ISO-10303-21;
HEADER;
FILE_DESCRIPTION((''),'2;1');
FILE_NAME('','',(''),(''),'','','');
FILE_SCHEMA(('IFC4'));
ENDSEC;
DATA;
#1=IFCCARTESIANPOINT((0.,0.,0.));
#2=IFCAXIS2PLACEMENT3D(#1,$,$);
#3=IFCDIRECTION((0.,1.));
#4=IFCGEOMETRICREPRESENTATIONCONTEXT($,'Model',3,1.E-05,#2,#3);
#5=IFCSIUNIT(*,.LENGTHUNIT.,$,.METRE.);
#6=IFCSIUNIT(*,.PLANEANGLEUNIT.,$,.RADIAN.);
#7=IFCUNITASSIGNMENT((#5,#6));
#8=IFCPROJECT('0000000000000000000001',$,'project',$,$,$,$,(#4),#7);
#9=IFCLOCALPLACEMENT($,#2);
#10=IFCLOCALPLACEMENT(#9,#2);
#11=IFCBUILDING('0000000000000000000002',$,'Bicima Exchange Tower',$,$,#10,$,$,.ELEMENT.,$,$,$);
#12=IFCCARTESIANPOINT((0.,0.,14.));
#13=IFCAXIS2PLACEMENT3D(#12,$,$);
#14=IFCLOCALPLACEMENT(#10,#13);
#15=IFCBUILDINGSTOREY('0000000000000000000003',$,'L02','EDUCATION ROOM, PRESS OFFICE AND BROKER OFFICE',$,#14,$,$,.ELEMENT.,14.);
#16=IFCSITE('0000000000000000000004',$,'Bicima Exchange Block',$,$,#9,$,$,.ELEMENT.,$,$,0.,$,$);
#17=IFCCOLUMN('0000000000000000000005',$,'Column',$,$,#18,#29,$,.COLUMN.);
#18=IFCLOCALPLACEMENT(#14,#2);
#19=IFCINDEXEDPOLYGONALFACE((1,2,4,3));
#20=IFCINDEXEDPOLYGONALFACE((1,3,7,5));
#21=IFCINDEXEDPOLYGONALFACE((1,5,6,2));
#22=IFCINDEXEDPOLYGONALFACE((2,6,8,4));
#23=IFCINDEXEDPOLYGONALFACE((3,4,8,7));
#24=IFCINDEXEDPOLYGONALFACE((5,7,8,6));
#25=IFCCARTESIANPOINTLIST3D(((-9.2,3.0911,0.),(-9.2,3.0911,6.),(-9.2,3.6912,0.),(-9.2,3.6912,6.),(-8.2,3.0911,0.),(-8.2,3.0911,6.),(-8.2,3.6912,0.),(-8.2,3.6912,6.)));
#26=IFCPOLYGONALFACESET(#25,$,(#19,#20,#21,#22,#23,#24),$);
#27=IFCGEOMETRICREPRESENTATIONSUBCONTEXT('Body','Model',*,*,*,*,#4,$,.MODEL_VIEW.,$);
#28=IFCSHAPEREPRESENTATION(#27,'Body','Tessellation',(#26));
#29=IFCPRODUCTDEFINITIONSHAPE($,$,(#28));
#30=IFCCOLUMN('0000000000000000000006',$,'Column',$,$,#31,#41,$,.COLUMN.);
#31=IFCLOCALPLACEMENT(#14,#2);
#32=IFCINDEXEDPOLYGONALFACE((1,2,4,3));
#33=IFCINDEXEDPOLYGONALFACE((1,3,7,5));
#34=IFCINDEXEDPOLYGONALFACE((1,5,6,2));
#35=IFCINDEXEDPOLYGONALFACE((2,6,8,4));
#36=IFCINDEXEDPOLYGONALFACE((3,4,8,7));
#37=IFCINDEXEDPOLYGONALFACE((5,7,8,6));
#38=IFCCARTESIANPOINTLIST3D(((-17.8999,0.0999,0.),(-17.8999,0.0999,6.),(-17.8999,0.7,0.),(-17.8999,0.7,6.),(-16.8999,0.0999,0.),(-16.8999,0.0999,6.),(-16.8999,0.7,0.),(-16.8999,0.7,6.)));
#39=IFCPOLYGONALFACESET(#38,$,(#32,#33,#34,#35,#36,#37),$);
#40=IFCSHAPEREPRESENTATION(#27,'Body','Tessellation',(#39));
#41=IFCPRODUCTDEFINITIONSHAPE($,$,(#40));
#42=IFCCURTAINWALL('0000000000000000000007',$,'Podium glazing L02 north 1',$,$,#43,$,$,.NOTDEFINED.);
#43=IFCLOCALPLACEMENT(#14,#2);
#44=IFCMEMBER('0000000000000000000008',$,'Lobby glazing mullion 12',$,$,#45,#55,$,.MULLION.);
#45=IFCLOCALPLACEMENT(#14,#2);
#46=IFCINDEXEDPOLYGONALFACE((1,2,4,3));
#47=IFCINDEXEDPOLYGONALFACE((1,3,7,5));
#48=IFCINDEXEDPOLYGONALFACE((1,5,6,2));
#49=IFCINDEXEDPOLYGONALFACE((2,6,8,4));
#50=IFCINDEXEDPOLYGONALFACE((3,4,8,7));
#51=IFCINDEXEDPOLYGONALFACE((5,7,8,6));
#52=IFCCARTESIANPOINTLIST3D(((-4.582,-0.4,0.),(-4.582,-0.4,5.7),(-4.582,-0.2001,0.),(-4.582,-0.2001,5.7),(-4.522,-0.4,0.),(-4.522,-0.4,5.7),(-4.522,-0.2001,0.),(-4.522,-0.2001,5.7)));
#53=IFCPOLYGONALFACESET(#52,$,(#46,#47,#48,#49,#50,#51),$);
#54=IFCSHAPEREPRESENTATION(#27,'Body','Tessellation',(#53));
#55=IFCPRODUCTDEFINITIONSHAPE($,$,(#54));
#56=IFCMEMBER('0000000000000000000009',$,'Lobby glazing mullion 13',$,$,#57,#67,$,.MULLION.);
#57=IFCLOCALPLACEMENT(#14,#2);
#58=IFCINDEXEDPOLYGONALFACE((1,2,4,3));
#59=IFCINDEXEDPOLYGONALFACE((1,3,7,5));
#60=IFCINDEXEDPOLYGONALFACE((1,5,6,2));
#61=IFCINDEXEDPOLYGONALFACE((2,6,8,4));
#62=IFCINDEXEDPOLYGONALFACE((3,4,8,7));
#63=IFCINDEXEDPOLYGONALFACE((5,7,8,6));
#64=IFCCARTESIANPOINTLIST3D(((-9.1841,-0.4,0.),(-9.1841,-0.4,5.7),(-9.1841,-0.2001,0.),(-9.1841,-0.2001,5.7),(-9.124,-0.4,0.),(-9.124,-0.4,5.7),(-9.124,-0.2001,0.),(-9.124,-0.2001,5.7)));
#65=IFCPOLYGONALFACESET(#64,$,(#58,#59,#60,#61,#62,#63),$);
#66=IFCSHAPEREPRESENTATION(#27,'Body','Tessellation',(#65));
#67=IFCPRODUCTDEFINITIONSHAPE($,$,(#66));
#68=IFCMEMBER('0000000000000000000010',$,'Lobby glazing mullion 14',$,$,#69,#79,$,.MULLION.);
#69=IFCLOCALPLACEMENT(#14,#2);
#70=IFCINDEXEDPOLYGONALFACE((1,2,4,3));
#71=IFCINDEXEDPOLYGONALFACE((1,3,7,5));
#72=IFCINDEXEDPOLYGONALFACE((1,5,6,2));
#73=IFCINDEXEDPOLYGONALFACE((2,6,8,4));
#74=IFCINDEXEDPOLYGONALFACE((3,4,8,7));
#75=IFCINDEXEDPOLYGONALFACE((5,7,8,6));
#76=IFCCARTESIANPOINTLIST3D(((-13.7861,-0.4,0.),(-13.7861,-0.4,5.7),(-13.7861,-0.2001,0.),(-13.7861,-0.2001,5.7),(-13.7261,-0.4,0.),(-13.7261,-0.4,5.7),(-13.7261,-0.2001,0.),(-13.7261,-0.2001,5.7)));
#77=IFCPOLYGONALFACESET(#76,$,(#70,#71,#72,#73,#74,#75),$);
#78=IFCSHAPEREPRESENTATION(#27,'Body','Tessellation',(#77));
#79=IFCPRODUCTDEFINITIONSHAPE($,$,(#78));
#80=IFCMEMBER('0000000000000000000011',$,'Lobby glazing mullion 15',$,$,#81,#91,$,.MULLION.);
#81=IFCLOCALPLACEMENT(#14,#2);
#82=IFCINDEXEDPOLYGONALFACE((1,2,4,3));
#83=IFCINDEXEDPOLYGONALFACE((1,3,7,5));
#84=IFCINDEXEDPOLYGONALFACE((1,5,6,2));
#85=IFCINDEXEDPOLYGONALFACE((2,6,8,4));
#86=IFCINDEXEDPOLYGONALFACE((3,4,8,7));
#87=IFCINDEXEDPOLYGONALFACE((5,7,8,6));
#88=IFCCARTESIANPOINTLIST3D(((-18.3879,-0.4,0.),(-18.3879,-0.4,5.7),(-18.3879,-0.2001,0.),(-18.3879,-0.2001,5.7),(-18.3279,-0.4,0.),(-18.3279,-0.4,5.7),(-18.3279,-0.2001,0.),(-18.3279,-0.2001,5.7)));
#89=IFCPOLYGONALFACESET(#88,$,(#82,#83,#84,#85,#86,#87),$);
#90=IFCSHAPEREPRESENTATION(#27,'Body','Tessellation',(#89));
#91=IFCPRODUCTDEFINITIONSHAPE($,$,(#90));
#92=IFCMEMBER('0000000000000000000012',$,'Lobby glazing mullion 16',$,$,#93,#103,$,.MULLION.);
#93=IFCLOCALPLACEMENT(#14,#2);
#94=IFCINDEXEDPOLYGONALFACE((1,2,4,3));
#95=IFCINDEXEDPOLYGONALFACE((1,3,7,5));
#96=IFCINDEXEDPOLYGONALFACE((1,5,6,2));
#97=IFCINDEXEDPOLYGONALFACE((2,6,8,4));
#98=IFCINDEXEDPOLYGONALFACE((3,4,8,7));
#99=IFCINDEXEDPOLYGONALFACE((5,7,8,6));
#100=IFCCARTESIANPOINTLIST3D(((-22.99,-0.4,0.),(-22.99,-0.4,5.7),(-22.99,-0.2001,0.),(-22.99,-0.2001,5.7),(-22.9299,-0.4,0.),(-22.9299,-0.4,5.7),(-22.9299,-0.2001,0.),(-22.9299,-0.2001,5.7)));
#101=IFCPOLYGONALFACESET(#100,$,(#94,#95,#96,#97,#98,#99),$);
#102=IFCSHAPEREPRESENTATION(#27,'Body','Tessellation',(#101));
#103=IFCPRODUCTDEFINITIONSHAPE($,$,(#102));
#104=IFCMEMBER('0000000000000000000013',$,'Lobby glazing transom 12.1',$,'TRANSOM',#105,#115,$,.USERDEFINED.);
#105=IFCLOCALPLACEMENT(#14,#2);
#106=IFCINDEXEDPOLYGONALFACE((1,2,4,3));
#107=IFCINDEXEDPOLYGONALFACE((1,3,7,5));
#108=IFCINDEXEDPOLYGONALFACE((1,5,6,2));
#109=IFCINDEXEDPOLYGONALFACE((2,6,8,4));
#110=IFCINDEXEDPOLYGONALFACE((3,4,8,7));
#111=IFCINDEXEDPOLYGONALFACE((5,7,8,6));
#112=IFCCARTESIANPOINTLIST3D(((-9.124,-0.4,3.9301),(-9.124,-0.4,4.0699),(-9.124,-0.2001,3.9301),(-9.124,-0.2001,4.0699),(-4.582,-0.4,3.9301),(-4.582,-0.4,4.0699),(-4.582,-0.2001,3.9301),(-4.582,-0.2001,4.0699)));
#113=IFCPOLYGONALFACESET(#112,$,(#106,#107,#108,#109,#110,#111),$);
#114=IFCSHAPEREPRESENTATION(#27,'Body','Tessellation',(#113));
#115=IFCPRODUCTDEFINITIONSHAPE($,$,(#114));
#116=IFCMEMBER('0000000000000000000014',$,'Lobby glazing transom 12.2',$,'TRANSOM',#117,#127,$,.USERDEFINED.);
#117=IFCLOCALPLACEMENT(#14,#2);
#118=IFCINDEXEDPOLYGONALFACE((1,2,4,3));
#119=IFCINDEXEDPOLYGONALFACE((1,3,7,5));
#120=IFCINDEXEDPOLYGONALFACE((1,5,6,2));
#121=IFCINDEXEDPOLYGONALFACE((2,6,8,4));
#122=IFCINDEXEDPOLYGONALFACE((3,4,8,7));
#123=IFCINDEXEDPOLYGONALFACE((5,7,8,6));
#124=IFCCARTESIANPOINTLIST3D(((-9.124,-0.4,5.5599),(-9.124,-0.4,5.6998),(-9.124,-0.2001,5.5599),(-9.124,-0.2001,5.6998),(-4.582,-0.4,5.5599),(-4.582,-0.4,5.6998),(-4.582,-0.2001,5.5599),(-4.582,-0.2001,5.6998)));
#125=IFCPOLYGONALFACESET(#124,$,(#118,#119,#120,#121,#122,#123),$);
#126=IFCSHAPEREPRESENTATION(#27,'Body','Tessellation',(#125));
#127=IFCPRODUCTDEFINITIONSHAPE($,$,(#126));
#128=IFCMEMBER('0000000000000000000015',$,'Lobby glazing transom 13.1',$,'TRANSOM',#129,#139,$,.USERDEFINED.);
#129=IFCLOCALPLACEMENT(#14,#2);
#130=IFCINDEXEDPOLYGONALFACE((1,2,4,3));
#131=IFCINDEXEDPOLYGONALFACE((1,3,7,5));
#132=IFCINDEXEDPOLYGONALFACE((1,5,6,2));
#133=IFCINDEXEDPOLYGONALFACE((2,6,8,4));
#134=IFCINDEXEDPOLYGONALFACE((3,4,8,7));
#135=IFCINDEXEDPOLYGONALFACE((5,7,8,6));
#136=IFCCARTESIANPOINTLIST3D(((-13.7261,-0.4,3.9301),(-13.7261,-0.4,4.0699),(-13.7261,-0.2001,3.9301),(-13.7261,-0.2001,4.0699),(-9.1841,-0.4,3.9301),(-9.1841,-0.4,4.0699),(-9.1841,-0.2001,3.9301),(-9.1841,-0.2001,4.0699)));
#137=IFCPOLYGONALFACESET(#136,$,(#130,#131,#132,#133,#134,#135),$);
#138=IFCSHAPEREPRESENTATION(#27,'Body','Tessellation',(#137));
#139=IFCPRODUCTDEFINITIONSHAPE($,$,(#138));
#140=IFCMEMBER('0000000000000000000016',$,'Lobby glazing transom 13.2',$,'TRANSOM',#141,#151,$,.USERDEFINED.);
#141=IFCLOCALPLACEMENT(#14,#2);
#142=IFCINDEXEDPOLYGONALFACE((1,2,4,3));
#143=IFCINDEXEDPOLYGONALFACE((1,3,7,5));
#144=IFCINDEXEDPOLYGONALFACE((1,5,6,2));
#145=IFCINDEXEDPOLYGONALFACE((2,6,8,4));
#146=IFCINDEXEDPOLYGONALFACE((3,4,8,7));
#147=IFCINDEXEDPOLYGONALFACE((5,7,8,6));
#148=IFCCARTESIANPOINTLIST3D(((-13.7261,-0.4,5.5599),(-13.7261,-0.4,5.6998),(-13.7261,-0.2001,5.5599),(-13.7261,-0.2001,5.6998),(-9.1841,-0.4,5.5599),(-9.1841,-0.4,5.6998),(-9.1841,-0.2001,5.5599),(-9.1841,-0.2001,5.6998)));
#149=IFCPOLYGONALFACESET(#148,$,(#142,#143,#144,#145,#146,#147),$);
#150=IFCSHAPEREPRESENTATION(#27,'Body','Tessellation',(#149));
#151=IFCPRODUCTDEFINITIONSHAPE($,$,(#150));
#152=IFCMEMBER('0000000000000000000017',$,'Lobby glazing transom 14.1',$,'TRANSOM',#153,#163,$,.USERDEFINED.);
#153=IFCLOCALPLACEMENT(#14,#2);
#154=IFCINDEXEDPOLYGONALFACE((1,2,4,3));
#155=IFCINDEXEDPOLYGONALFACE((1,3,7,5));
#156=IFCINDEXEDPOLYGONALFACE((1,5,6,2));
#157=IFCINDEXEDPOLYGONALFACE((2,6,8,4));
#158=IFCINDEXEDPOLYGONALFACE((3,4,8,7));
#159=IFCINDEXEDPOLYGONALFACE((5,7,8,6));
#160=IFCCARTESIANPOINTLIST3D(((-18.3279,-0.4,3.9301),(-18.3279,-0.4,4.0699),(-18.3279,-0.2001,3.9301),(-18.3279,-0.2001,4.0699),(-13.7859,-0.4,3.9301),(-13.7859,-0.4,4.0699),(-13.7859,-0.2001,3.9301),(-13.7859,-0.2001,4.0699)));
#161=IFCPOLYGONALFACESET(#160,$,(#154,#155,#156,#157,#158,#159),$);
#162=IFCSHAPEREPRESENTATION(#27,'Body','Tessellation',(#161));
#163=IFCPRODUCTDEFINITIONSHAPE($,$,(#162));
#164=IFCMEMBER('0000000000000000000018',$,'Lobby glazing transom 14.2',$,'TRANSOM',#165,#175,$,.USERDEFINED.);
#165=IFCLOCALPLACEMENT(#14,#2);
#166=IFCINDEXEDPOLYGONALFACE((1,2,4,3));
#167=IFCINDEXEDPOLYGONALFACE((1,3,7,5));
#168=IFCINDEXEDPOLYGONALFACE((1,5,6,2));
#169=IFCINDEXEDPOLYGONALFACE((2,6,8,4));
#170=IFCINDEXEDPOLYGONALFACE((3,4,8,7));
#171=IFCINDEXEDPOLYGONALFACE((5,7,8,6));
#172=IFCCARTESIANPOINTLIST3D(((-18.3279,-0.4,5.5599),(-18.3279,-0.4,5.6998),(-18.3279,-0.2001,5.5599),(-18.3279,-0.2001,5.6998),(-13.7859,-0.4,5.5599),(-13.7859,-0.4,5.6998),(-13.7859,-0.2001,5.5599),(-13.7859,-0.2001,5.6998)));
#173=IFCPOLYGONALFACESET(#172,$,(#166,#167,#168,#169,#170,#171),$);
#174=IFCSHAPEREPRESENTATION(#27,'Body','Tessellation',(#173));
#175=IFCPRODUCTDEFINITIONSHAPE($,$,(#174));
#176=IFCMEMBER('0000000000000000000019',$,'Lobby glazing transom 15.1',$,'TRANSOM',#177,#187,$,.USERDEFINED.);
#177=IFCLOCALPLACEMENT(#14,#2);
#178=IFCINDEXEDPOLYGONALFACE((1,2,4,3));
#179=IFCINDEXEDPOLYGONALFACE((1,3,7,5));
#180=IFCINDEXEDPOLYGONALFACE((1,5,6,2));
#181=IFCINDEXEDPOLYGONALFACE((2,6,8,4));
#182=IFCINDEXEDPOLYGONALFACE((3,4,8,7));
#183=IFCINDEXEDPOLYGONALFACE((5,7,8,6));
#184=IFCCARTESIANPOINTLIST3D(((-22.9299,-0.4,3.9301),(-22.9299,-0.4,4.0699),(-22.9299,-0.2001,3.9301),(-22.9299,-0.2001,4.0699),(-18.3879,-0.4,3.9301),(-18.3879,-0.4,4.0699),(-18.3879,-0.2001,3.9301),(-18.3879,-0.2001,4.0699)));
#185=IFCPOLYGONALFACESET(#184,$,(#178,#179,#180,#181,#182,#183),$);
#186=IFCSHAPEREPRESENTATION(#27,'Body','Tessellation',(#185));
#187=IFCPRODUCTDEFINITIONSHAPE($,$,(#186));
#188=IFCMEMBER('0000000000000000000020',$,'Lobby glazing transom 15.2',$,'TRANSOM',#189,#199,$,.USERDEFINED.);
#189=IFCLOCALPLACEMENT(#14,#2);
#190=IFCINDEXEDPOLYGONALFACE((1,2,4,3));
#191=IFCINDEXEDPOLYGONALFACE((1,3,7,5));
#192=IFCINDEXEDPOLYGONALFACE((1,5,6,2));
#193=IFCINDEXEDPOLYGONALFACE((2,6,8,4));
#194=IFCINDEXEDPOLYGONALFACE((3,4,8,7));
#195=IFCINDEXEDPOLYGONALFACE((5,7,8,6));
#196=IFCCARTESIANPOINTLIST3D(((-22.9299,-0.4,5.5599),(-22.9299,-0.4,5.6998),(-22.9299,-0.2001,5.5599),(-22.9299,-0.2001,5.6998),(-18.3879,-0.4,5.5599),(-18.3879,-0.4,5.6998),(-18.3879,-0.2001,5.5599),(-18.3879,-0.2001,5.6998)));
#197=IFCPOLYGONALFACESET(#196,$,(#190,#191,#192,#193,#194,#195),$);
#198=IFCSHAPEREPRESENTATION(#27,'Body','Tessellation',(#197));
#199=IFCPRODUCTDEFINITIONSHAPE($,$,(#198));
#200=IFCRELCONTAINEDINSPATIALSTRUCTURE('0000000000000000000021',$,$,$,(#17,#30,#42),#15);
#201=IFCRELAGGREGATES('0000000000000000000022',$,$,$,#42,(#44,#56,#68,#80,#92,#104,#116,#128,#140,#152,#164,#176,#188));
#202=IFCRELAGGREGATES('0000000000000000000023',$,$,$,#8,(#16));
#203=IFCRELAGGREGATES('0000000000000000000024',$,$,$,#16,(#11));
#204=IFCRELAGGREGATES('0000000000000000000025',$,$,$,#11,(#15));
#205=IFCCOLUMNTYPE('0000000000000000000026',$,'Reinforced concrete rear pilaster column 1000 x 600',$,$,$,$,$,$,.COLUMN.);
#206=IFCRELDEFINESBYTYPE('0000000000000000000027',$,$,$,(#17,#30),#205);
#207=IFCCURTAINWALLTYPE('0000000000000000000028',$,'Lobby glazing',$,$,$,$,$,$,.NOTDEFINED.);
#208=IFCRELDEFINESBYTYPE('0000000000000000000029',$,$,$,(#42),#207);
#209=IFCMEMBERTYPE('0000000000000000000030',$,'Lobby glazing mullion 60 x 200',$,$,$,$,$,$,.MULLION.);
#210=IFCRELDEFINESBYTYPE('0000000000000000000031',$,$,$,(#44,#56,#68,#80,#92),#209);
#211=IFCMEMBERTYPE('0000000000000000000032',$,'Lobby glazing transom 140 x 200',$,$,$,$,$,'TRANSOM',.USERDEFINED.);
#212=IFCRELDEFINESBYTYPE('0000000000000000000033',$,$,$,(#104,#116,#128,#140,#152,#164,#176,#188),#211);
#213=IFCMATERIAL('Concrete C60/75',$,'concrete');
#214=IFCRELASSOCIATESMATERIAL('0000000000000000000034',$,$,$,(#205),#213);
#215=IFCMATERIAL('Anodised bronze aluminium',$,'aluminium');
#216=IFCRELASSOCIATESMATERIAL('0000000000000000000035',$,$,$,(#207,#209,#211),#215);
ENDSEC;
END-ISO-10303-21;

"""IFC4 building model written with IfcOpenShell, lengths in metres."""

from ifc_helpers import new_model, si_unit, direction, frame, origin, origin_2d, place, context, subcontext, project, spatial, rectangle, extrude, material, material_profile, profile_set, type_object, element, aggregate, save


model = new_model("IFC4")

# Units and contexts
model_context = context("Model", 3, precision=1e-05, world=origin(), true_north=direction((0.0, 1.0)))
body_context = subcontext(model_context, "Body", "Model", "MODEL_VIEW")
ifc_project = project(units=[si_unit("LENGTHUNIT", "METRE"), si_unit("PLANEANGLEUNIT", "RADIAN")], contexts=[model_context])

# Site, building, storey
site_placement = place(None, origin())
site = spatial("IfcSite", under=ifc_project, at=site_placement, Name="Bicima Exchange Block", CompositionType="ELEMENT", RefElevation=0.0)
building_placement = place(site_placement, origin())
building = spatial("IfcBuilding", under=site, at=building_placement, Name="Bicima Exchange Tower", CompositionType="ELEMENT")
storey_placement = place(building_placement, frame((0.0, 0.0, 14.0)))
storey = spatial("IfcBuildingStorey", under=building, at=storey_placement, Name="L02", Description="EDUCATION ROOM, PRESS OFFICE AND BROKER OFFICE", CompositionType="ELEMENT", Elevation=14.0)

# Columns
ifc_material_1 = material(Name="Concrete C60/75", Category="concrete")
ifc_material_profile_1 = material_profile(ifc_material_1, rectangle(XDim=1.0, YDim=0.6001, at=origin_2d()))
ifc_profile_set_1 = profile_set([ifc_material_profile_1], Name="Concrete C60/75")
column_type = type_object("IfcColumnType", Name="Reinforced concrete rear pilaster column 1000 x 600", PredefinedType="COLUMN", material=ifc_profile_set_1)
for number, where, z_axis, x_axis, name in (
    (1, (-8.7, 3.3911, 0.0), (0.0, 0.0, 1.0), (1.0, 0.0, 0.0), "Column"),
    (2, (-17.3999, 0.3999, 0.0), (0.0, 0.0, 1.0), (1.0, 0.0, 0.0), "Column"),
):
    element("IfcColumn", number, at=place(storey_placement, frame(where, z_axis=z_axis, x_axis=x_axis)), inside=storey, type_object=column_type, Name=name, PredefinedType="COLUMN", context=body_context, shape_type="SweptSolid", body=[
        extrude(rectangle(XDim=1.0, YDim=0.6001, at=origin_2d()), origin(), (0.0, 0.0, 1.0), 6.0),
    ])

# Curtain wall, members
ifc_material_2 = material(Name="Anodised bronze aluminium", Category="aluminium")
curtain_wall_type = type_object("IfcCurtainWallType", Name="Lobby glazing", PredefinedType="NOTDEFINED", material=ifc_material_2)
curtain_wall_placement = place(storey_placement, origin())
curtain_wall = element("IfcCurtainWall", 3, at=curtain_wall_placement, inside=storey, type_object=curtain_wall_type, Name="Podium glazing L02 north 1", PredefinedType="NOTDEFINED")
ifc_material_profile_2 = material_profile(ifc_material_2, rectangle(XDim=0.2, YDim=0.0601, at=origin_2d()))
ifc_profile_set_2 = profile_set([ifc_material_profile_2], Name="Anodised bronze aluminium")
member_type_1 = type_object("IfcMemberType", Name="Lobby glazing mullion 60 x 200", PredefinedType="MULLION", material=ifc_profile_set_2)
member_1_placement = place(storey_placement, frame((-4.552, -0.3, 0.0), z_axis=(0.0, 0.0, 1.0), x_axis=(0.0, -1.0, 0.0)))
member_1 = element("IfcMember", 4, at=member_1_placement, type_object=member_type_1, Name="Lobby glazing mullion 12", PredefinedType="MULLION", context=body_context, shape_type="SweptSolid", body=[
    extrude(rectangle(XDim=0.2, YDim=0.0601, at=origin_2d()), origin(), (0.0, 0.0, 1.0), 5.7),
])
member_2_placement = place(storey_placement, frame((-9.1541, -0.3, 0.0), z_axis=(0.0, 0.0, 1.0), x_axis=(0.0, -1.0, 0.0)))
member_2 = element("IfcMember", 5, at=member_2_placement, type_object=member_type_1, Name="Lobby glazing mullion 13", PredefinedType="MULLION", context=body_context, shape_type="SweptSolid", body=[
    extrude(rectangle(XDim=0.2, YDim=0.0601, at=origin_2d()), origin(), (0.0, 0.0, 1.0), 5.7),
])
member_3_placement = place(storey_placement, frame((-13.7561, -0.3, 0.0), z_axis=(0.0, 0.0, 1.0), x_axis=(0.0, -1.0, 0.0)))
member_3 = element("IfcMember", 6, at=member_3_placement, type_object=member_type_1, Name="Lobby glazing mullion 14", PredefinedType="MULLION", context=body_context, shape_type="SweptSolid", body=[
    extrude(rectangle(XDim=0.2, YDim=0.0601, at=origin_2d()), origin(), (0.0, 0.0, 1.0), 5.7),
])
member_4_placement = place(storey_placement, frame((-18.3579, -0.3, 0.0), z_axis=(0.0, 0.0, 1.0), x_axis=(0.0, -1.0, 0.0)))
member_4 = element("IfcMember", 7, at=member_4_placement, type_object=member_type_1, Name="Lobby glazing mullion 15", PredefinedType="MULLION", context=body_context, shape_type="SweptSolid", body=[
    extrude(rectangle(XDim=0.2, YDim=0.0601, at=origin_2d()), origin(), (0.0, 0.0, 1.0), 5.7),
])
member_5_placement = place(storey_placement, frame((-22.96, -0.3, 0.0), z_axis=(0.0, 0.0, 1.0), x_axis=(0.0, -1.0, 0.0)))
member_5 = element("IfcMember", 8, at=member_5_placement, type_object=member_type_1, Name="Lobby glazing mullion 16", PredefinedType="MULLION", context=body_context, shape_type="SweptSolid", body=[
    extrude(rectangle(XDim=0.2, YDim=0.0601, at=origin_2d()), origin(), (0.0, 0.0, 1.0), 5.7),
])
ifc_material_profile_3 = material_profile(ifc_material_2, rectangle(XDim=0.2, YDim=0.1399, at=origin_2d()))
ifc_profile_set_3 = profile_set([ifc_material_profile_3], Name="Anodised bronze aluminium")
member_type_2 = type_object("IfcMemberType", Name="Lobby glazing transom 140 x 200", ElementType="TRANSOM", PredefinedType="USERDEFINED", material=ifc_profile_set_3)
member_6_placement = place(storey_placement, frame((-4.582, -0.3, 4.0), z_axis=(-1.0, 0.0, 0.0), x_axis=(0.0, -1.0, 0.0)))
member_6 = element("IfcMember", 9, at=member_6_placement, type_object=member_type_2, Name="Lobby glazing transom 12.1", ObjectType="TRANSOM", PredefinedType="USERDEFINED", context=body_context, shape_type="SweptSolid", body=[
    extrude(rectangle(XDim=0.2, YDim=0.1399, at=origin_2d()), origin(), (0.0, 0.0, 1.0), 4.542),
])
member_7_placement = place(storey_placement, frame((-4.582, -0.3, 5.6299), z_axis=(-1.0, 0.0, 0.0), x_axis=(0.0, -1.0, 0.0)))
member_7 = element("IfcMember", 10, at=member_7_placement, type_object=member_type_2, Name="Lobby glazing transom 12.2", ObjectType="TRANSOM", PredefinedType="USERDEFINED", context=body_context, shape_type="SweptSolid", body=[
    extrude(rectangle(XDim=0.2, YDim=0.1399, at=origin_2d()), origin(), (0.0, 0.0, 1.0), 4.542),
])
member_8_placement = place(storey_placement, frame((-9.1841, -0.3, 4.0), z_axis=(-1.0, 0.0, 0.0), x_axis=(0.0, -1.0, 0.0)))
member_8 = element("IfcMember", 11, at=member_8_placement, type_object=member_type_2, Name="Lobby glazing transom 13.1", ObjectType="TRANSOM", PredefinedType="USERDEFINED", context=body_context, shape_type="SweptSolid", body=[
    extrude(rectangle(XDim=0.2, YDim=0.1399, at=origin_2d()), origin(), (0.0, 0.0, 1.0), 4.542),
])
member_9_placement = place(storey_placement, frame((-9.1841, -0.3, 5.6299), z_axis=(-1.0, 0.0, 0.0), x_axis=(0.0, -1.0, 0.0)))
member_9 = element("IfcMember", 12, at=member_9_placement, type_object=member_type_2, Name="Lobby glazing transom 13.2", ObjectType="TRANSOM", PredefinedType="USERDEFINED", context=body_context, shape_type="SweptSolid", body=[
    extrude(rectangle(XDim=0.2, YDim=0.1399, at=origin_2d()), origin(), (0.0, 0.0, 1.0), 4.542),
])
member_10_placement = place(storey_placement, frame((-13.7859, -0.3, 4.0), z_axis=(-1.0, 0.0, 0.0), x_axis=(0.0, -1.0, 0.0)))
member_10 = element("IfcMember", 13, at=member_10_placement, type_object=member_type_2, Name="Lobby glazing transom 14.1", ObjectType="TRANSOM", PredefinedType="USERDEFINED", context=body_context, shape_type="SweptSolid", body=[
    extrude(rectangle(XDim=0.2, YDim=0.1399, at=origin_2d()), origin(), (0.0, 0.0, 1.0), 4.542),
])
member_11_placement = place(storey_placement, frame((-13.7859, -0.3, 5.6299), z_axis=(-1.0, 0.0, 0.0), x_axis=(0.0, -1.0, 0.0)))
member_11 = element("IfcMember", 14, at=member_11_placement, type_object=member_type_2, Name="Lobby glazing transom 14.2", ObjectType="TRANSOM", PredefinedType="USERDEFINED", context=body_context, shape_type="SweptSolid", body=[
    extrude(rectangle(XDim=0.2, YDim=0.1399, at=origin_2d()), origin(), (0.0, 0.0, 1.0), 4.542),
])
member_12_placement = place(storey_placement, frame((-18.3879, -0.3, 4.0), z_axis=(-1.0, 0.0, 0.0), x_axis=(0.0, -1.0, 0.0)))
member_12 = element("IfcMember", 15, at=member_12_placement, type_object=member_type_2, Name="Lobby glazing transom 15.1", ObjectType="TRANSOM", PredefinedType="USERDEFINED", context=body_context, shape_type="SweptSolid", body=[
    extrude(rectangle(XDim=0.2, YDim=0.1399, at=origin_2d()), origin(), (0.0, 0.0, 1.0), 4.542),
])
member_13_placement = place(storey_placement, frame((-18.3879, -0.3, 5.6299), z_axis=(-1.0, 0.0, 0.0), x_axis=(0.0, -1.0, 0.0)))
member_13 = element("IfcMember", 16, at=member_13_placement, type_object=member_type_2, Name="Lobby glazing transom 15.2", ObjectType="TRANSOM", PredefinedType="USERDEFINED", context=body_context, shape_type="SweptSolid", body=[
    extrude(rectangle(XDim=0.2, YDim=0.1399, at=origin_2d()), origin(), (0.0, 0.0, 1.0), 4.542),
])
aggregate(curtain_wall, [member_1, member_2, member_3, member_4, member_5, member_6, member_7, member_8, member_9, member_10, member_11, member_12, member_13])

save(model, "model.ifc")
